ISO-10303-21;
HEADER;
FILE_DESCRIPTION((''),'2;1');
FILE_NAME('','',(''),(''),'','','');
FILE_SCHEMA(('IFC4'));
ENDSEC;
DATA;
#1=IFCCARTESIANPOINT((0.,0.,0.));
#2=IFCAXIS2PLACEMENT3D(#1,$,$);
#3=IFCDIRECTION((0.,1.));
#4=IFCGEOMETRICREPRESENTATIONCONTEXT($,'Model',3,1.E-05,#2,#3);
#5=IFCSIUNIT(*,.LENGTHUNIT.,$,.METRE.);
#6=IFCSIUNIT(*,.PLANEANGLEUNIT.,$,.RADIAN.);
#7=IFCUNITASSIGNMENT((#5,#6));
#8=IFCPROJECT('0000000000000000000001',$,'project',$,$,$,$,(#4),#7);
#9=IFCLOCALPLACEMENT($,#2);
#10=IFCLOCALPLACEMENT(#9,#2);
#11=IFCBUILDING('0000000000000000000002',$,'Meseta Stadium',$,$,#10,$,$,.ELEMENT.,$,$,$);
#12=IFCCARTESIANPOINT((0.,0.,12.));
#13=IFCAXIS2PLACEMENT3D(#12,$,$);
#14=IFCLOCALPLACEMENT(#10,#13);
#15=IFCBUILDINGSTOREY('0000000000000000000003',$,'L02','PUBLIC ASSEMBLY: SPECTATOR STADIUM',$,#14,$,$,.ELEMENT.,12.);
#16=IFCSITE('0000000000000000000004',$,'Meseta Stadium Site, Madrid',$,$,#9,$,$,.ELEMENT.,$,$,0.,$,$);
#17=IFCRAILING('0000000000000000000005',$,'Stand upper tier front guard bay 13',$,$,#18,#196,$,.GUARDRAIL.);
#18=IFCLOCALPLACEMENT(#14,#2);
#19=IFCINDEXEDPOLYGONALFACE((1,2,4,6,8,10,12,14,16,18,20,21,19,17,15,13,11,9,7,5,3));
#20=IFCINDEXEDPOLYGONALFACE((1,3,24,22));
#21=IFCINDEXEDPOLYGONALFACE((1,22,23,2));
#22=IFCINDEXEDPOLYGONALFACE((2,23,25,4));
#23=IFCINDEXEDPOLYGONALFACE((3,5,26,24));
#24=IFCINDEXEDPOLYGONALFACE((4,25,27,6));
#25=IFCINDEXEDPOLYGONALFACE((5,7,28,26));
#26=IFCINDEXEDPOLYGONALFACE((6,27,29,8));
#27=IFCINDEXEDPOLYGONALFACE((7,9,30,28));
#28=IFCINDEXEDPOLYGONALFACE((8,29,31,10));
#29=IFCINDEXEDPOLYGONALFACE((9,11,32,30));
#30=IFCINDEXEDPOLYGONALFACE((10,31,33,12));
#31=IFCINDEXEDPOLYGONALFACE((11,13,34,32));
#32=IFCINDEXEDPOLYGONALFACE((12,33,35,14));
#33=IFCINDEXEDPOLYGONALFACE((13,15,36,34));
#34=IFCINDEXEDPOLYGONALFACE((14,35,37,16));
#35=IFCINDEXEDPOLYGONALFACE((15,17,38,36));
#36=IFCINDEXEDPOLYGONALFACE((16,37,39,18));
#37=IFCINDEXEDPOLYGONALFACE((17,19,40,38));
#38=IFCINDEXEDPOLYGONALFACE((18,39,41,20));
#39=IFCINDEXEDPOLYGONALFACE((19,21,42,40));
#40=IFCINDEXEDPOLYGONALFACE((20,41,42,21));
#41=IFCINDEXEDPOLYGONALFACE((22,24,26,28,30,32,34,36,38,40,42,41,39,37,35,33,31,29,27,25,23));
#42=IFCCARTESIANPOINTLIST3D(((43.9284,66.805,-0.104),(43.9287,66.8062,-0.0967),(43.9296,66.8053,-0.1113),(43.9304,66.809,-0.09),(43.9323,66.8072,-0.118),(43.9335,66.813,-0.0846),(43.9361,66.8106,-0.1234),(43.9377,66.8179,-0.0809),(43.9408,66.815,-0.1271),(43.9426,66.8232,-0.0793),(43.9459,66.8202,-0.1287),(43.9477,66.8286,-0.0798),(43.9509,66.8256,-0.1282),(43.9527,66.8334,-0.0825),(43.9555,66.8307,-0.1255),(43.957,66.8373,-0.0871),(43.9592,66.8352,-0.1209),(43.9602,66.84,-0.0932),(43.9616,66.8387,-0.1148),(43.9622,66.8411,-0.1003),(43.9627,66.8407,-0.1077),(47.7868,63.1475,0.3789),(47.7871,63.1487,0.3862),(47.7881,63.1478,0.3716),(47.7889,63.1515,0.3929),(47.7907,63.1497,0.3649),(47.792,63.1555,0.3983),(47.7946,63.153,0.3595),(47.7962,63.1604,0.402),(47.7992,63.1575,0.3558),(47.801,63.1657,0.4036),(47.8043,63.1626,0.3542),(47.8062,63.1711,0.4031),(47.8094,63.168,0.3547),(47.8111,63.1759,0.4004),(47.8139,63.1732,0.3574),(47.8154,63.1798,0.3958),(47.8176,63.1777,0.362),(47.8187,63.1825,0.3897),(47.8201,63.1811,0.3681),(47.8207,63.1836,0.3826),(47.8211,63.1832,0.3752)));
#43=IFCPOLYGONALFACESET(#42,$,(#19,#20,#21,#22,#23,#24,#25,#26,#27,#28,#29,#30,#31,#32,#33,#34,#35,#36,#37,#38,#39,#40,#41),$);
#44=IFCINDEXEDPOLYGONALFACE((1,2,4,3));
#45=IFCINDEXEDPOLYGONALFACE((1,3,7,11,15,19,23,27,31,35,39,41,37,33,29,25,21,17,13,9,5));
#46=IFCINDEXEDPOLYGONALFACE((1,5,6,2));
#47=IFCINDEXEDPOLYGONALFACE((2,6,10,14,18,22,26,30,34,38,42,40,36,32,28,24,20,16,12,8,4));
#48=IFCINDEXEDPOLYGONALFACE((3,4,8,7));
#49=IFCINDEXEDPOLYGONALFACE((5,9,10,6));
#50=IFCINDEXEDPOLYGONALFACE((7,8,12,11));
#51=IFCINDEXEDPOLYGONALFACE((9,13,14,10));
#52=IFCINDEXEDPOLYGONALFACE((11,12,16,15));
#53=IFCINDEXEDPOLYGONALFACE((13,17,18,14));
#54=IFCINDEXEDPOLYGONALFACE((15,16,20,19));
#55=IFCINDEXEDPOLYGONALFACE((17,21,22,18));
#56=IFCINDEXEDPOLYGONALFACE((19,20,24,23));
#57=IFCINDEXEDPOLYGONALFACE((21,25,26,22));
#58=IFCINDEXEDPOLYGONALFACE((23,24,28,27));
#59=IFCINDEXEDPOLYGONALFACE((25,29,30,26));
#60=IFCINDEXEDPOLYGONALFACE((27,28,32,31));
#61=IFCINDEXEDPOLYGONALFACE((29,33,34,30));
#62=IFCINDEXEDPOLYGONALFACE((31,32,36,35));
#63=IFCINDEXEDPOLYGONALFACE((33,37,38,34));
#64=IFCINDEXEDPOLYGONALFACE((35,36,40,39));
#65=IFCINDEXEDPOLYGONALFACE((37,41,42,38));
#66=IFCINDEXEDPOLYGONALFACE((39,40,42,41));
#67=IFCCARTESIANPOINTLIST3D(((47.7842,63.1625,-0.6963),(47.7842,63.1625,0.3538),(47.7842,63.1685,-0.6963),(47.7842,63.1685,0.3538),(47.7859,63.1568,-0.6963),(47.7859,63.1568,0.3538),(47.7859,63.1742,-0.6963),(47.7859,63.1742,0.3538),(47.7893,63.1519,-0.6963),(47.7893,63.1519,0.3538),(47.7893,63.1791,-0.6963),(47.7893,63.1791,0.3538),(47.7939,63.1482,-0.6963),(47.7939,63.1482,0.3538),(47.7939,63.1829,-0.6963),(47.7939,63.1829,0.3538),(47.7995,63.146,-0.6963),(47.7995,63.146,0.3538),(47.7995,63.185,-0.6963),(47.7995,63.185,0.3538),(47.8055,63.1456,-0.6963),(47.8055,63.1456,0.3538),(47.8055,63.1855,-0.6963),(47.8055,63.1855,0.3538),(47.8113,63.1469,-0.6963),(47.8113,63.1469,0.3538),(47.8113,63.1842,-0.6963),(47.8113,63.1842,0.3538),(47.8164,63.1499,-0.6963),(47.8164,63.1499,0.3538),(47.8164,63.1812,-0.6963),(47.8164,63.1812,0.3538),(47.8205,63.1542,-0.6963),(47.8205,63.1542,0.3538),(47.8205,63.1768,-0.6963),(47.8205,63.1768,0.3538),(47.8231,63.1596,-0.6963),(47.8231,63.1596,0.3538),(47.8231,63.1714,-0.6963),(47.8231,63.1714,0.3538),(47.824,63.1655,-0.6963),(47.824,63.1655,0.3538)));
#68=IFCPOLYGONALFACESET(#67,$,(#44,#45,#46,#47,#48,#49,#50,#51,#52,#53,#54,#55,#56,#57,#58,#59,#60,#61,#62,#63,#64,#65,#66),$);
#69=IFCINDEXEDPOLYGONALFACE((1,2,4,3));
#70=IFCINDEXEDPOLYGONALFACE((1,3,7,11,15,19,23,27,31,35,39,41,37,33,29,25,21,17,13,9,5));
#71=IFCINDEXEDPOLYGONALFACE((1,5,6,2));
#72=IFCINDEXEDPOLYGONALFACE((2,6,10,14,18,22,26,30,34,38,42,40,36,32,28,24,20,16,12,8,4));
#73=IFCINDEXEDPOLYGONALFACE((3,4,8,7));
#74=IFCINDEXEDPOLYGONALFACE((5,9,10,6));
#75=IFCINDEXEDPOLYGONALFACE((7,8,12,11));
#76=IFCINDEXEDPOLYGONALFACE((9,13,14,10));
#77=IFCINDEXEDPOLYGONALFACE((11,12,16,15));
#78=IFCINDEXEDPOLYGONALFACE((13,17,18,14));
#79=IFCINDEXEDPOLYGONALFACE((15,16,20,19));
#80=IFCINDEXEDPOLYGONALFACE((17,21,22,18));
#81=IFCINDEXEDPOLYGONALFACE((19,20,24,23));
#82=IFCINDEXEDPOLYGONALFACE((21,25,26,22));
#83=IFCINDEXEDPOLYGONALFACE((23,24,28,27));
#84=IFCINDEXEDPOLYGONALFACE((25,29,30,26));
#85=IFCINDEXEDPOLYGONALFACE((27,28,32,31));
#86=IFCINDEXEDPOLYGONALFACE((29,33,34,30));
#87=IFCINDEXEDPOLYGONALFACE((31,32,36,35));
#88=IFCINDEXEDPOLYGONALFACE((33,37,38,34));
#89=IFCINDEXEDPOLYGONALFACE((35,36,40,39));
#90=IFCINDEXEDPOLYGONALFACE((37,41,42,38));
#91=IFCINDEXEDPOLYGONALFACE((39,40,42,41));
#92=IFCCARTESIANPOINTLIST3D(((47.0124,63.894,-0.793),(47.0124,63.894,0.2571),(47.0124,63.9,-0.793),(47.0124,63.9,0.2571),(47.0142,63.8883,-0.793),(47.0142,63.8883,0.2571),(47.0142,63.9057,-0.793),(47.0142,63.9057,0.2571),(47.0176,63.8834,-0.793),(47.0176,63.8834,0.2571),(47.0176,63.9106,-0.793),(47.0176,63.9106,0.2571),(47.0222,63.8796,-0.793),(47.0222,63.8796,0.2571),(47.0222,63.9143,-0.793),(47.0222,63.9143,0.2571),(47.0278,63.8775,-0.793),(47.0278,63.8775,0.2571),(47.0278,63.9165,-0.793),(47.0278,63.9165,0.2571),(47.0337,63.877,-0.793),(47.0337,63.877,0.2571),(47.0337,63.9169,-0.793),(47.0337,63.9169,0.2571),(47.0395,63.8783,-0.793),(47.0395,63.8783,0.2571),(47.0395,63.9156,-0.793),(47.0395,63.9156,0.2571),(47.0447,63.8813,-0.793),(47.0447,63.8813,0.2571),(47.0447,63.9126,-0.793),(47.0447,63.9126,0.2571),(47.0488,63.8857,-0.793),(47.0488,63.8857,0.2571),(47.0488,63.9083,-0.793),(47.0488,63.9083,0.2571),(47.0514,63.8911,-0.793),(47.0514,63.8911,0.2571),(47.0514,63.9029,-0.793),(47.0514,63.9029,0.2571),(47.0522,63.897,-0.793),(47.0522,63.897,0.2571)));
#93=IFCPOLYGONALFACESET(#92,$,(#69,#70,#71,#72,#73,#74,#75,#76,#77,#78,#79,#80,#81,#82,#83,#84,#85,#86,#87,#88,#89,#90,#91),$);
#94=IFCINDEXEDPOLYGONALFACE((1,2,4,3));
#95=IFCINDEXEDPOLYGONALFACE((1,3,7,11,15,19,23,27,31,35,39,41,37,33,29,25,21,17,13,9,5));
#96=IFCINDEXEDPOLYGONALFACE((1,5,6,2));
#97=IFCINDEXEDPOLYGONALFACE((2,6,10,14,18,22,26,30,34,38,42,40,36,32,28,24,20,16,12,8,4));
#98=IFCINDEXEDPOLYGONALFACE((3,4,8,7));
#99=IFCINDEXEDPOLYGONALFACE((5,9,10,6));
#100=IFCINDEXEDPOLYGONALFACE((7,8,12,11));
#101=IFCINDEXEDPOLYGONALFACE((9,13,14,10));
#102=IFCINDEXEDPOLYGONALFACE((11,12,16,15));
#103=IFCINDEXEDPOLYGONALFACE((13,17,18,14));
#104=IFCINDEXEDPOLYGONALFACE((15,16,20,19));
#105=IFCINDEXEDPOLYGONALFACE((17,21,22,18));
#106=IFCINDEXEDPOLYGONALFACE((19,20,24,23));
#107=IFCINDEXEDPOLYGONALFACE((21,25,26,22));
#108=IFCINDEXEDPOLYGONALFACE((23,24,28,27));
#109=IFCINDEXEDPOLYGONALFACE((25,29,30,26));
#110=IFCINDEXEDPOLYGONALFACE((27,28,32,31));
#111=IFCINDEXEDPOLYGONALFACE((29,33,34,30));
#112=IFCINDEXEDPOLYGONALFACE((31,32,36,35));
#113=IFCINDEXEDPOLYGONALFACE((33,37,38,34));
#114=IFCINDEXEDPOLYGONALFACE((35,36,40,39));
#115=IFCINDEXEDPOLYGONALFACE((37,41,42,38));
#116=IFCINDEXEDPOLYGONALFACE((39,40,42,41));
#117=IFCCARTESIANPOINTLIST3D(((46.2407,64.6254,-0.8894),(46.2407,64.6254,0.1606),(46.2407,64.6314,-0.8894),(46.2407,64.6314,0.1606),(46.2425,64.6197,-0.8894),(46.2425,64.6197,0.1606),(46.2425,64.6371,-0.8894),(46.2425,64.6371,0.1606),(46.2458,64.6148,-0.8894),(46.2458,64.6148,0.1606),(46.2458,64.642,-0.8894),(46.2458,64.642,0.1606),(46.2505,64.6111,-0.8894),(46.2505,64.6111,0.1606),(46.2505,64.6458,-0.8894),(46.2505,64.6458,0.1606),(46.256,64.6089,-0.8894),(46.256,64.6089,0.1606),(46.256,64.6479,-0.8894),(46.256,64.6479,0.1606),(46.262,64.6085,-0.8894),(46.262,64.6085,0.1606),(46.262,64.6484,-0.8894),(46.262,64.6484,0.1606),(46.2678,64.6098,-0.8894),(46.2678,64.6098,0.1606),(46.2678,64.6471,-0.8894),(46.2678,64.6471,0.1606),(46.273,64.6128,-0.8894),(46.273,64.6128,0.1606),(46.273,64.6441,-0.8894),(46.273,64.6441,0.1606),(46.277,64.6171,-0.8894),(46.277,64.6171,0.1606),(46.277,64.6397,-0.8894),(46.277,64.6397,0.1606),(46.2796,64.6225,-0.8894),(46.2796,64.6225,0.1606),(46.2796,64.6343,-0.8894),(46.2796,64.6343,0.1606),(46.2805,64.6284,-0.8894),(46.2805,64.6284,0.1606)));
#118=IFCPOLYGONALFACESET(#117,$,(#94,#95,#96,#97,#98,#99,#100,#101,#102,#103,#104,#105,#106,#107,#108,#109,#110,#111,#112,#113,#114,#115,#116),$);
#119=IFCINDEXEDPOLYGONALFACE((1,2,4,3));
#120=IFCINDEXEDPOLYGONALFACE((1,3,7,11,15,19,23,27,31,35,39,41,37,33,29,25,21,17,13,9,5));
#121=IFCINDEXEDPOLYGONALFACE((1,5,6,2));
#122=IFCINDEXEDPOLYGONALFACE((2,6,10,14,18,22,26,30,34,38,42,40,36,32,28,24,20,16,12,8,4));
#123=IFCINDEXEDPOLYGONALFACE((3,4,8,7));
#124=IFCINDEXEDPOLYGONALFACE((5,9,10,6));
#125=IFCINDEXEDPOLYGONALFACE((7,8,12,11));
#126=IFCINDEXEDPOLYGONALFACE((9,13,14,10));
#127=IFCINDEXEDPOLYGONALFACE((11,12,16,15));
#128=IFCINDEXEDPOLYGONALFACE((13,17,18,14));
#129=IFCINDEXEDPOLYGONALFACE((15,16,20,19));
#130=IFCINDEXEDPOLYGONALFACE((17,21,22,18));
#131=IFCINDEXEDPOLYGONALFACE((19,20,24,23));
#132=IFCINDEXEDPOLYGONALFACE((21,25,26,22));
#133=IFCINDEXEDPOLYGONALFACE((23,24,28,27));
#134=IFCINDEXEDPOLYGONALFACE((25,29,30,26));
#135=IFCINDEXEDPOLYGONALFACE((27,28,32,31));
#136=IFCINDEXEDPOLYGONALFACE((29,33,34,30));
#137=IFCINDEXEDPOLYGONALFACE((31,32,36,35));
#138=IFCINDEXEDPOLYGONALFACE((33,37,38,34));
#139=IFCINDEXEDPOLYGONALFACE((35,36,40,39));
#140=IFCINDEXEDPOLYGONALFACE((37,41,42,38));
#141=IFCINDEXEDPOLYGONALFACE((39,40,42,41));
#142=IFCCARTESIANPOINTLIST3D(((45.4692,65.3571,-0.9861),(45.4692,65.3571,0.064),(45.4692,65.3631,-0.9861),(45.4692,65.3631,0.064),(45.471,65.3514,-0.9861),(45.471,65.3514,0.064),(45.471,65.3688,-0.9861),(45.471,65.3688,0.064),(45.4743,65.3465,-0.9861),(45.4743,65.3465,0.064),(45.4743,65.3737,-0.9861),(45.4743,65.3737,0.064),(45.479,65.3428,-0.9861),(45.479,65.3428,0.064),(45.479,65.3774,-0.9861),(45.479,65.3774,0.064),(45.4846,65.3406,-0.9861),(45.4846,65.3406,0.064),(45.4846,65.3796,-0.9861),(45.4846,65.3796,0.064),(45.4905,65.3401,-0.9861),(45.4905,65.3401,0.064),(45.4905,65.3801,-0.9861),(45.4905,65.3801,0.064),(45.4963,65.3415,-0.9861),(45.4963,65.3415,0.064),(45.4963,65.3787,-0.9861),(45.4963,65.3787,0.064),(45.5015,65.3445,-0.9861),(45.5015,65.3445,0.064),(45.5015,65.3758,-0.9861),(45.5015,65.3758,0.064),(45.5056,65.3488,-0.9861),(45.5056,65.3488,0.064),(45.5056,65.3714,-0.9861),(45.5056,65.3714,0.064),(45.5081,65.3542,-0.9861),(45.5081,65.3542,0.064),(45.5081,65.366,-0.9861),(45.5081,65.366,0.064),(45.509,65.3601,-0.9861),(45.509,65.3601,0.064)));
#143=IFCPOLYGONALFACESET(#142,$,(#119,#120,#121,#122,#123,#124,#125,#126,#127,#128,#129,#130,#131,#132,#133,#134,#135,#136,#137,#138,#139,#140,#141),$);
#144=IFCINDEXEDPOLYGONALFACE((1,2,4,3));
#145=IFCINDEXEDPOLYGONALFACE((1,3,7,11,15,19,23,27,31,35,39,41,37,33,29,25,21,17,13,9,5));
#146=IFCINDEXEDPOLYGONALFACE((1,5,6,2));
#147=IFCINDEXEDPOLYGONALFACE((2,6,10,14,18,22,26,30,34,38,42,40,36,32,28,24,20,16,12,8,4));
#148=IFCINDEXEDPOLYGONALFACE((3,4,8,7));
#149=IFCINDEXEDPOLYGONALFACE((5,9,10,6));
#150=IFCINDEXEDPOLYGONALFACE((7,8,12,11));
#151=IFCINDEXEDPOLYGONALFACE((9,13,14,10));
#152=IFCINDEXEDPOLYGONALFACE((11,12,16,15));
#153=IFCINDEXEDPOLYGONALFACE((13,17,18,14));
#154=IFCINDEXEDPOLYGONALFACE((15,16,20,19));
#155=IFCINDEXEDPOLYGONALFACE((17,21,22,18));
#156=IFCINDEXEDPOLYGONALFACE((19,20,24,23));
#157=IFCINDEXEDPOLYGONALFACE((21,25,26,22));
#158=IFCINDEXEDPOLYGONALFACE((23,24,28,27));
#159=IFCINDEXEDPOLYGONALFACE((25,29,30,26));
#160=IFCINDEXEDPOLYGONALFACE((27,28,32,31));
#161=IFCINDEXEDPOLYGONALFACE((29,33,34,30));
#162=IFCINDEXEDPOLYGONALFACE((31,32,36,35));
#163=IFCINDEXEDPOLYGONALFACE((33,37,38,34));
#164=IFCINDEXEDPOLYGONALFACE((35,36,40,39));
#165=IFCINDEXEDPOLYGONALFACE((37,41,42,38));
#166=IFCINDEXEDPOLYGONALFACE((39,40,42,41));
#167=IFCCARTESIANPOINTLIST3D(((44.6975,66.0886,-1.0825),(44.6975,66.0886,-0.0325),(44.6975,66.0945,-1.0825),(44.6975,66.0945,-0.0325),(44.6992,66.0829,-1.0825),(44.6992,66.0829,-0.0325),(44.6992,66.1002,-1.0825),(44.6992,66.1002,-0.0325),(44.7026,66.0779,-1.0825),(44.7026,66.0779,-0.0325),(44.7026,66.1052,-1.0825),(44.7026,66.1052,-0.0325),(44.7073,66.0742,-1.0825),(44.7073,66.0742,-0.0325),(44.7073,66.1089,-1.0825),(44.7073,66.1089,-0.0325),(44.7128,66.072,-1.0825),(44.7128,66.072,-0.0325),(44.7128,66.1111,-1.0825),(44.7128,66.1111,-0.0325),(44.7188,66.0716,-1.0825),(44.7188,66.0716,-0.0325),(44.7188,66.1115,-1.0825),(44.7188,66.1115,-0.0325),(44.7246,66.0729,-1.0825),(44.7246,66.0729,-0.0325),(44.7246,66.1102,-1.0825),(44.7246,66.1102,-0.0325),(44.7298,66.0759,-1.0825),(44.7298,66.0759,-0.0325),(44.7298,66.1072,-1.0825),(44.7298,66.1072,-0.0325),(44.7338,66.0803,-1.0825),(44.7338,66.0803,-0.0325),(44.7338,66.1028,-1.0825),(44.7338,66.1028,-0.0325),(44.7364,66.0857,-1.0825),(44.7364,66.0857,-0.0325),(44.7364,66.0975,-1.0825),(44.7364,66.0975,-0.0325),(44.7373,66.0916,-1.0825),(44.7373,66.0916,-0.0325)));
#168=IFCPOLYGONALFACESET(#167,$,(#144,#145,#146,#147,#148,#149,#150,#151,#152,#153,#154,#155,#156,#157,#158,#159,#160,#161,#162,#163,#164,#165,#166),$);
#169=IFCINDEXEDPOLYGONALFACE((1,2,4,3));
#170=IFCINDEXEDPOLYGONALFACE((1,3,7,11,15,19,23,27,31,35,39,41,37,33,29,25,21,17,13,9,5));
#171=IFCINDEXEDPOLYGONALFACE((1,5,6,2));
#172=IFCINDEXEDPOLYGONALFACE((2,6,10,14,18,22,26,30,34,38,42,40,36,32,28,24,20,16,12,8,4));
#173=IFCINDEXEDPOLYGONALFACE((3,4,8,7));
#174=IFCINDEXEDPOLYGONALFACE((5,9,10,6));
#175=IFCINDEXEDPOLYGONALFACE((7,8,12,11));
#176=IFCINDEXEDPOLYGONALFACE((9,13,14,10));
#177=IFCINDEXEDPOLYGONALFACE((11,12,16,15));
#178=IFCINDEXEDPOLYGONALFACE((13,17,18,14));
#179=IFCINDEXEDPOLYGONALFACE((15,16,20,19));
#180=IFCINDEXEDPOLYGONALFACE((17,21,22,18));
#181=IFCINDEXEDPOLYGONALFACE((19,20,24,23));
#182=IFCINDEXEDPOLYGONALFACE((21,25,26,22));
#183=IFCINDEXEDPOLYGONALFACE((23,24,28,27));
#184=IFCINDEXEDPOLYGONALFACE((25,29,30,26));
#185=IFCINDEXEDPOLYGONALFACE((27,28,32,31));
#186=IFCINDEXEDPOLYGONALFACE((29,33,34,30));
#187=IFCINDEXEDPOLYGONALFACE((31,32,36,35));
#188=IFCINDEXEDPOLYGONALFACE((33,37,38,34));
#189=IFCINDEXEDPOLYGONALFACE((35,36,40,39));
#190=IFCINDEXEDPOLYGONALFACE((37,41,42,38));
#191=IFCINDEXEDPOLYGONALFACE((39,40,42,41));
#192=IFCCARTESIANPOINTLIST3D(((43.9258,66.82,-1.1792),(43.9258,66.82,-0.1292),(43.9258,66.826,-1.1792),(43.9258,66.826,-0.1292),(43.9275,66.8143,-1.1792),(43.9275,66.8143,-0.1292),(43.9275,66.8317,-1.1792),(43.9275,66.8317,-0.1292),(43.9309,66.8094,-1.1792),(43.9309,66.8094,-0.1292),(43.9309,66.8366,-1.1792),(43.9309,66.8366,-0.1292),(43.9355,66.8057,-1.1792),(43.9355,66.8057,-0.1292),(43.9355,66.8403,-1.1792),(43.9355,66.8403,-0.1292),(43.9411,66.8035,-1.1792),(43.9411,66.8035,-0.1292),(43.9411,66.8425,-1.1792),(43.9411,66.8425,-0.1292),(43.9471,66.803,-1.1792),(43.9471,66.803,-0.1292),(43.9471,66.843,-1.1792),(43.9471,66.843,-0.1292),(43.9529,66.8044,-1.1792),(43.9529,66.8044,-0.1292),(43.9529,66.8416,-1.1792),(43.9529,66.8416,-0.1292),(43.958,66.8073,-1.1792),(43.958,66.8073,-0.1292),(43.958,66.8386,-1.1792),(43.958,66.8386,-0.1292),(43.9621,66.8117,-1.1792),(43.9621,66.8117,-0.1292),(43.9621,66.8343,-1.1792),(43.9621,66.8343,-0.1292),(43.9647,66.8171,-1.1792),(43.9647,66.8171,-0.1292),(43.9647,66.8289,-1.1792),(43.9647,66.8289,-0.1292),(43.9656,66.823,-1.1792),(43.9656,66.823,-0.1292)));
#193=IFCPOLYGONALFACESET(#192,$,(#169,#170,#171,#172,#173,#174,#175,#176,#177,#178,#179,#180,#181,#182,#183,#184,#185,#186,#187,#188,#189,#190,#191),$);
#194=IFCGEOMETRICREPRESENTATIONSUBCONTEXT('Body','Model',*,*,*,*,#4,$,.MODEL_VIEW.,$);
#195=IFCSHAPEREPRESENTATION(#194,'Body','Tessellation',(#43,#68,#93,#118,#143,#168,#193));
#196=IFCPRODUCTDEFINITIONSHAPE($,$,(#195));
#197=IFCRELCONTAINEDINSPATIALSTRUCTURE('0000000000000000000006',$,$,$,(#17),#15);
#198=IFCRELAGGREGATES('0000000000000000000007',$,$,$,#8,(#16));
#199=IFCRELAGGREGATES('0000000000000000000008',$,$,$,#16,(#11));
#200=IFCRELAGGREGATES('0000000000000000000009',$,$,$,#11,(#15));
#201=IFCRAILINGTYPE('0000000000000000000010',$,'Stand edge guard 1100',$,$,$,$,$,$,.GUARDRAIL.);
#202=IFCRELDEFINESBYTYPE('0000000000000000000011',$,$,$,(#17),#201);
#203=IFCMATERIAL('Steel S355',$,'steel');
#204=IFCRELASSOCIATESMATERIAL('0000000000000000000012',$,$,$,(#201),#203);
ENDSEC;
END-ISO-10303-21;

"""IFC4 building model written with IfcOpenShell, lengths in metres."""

from ifc_helpers import new_model, si_unit, direction, frame, origin, origin_2d, place, context, subcontext, project, spatial, circle, extrude, material, type_object, element, save


model = new_model("IFC4")

# Units and contexts
model_context = context("Model", 3, precision=1e-05, world=origin(), true_north=direction((0.0, 1.0)))
body_context = subcontext(model_context, "Body", "Model", "MODEL_VIEW")
ifc_project = project(units=[si_unit("LENGTHUNIT", "METRE"), si_unit("PLANEANGLEUNIT", "RADIAN")], contexts=[model_context])

# Site, building, storey
site_placement = place(None, origin())
site = spatial("IfcSite", under=ifc_project, at=site_placement, Name="Meseta Stadium Site, Madrid", CompositionType="ELEMENT", RefElevation=0.0)
building_placement = place(site_placement, origin())
building = spatial("IfcBuilding", under=site, at=building_placement, Name="Meseta Stadium", CompositionType="ELEMENT")
storey_placement = place(building_placement, frame((0.0, 0.0, 12.0)))
storey = spatial("IfcBuildingStorey", under=building, at=storey_placement, Name="L02", Description="PUBLIC ASSEMBLY: SPECTATOR STADIUM", CompositionType="ELEMENT", Elevation=12.0)

# Railing
ifc_material_1 = material(Name="Steel S355", Category="steel")
railing_type = type_object("IfcRailingType", Name="Stand edge guard 1100", PredefinedType="GUARDRAIL", material=ifc_material_1)
railing_1_placement = place(storey_placement, frame((47.804, 63.1655, -0.6963)))
element("IfcRailing", 1, at=railing_1_placement, inside=storey, type_object=railing_type, Name="Stand upper tier front guard bay 13", PredefinedType="GUARDRAIL", context=body_context, shape_type="SweptSolid", body=[
    extrude(circle(Radius=0.0249, at=origin_2d()), frame((0.0, 0.0, 1.0752), z_axis=(-0.722776, 0.685137, -0.090461), x_axis=(-0.687957, -0.725751, 0.0)), (0.0, 0.0, 1.0), 5.3384),
    extrude(circle(Radius=0.02, at=origin_2d()), origin(), (0.0, 0.0, 1.0), 1.05),
    extrude(circle(Radius=0.02, at=origin_2d()), frame((-0.7717, 0.7314, -0.0967)), (0.0, 0.0, 1.0), 1.05),
    extrude(circle(Radius=0.02, at=origin_2d()), frame((-1.5435, 1.4629, -0.1931)), (0.0, 0.0, 1.0), 1.05),
    extrude(circle(Radius=0.02, at=origin_2d()), frame((-2.3149, 2.1946, -0.2898)), (0.0, 0.0, 1.0), 1.05),
    extrude(circle(Radius=0.02, at=origin_2d()), frame((-3.0867, 2.926, -0.3862)), (0.0, 0.0, 1.0), 1.05),
    extrude(circle(Radius=0.02, at=origin_2d()), frame((-3.8584, 3.6575, -0.4829)), (0.0, 0.0, 1.0), 1.05),
])

save(model, "model.ifc")
